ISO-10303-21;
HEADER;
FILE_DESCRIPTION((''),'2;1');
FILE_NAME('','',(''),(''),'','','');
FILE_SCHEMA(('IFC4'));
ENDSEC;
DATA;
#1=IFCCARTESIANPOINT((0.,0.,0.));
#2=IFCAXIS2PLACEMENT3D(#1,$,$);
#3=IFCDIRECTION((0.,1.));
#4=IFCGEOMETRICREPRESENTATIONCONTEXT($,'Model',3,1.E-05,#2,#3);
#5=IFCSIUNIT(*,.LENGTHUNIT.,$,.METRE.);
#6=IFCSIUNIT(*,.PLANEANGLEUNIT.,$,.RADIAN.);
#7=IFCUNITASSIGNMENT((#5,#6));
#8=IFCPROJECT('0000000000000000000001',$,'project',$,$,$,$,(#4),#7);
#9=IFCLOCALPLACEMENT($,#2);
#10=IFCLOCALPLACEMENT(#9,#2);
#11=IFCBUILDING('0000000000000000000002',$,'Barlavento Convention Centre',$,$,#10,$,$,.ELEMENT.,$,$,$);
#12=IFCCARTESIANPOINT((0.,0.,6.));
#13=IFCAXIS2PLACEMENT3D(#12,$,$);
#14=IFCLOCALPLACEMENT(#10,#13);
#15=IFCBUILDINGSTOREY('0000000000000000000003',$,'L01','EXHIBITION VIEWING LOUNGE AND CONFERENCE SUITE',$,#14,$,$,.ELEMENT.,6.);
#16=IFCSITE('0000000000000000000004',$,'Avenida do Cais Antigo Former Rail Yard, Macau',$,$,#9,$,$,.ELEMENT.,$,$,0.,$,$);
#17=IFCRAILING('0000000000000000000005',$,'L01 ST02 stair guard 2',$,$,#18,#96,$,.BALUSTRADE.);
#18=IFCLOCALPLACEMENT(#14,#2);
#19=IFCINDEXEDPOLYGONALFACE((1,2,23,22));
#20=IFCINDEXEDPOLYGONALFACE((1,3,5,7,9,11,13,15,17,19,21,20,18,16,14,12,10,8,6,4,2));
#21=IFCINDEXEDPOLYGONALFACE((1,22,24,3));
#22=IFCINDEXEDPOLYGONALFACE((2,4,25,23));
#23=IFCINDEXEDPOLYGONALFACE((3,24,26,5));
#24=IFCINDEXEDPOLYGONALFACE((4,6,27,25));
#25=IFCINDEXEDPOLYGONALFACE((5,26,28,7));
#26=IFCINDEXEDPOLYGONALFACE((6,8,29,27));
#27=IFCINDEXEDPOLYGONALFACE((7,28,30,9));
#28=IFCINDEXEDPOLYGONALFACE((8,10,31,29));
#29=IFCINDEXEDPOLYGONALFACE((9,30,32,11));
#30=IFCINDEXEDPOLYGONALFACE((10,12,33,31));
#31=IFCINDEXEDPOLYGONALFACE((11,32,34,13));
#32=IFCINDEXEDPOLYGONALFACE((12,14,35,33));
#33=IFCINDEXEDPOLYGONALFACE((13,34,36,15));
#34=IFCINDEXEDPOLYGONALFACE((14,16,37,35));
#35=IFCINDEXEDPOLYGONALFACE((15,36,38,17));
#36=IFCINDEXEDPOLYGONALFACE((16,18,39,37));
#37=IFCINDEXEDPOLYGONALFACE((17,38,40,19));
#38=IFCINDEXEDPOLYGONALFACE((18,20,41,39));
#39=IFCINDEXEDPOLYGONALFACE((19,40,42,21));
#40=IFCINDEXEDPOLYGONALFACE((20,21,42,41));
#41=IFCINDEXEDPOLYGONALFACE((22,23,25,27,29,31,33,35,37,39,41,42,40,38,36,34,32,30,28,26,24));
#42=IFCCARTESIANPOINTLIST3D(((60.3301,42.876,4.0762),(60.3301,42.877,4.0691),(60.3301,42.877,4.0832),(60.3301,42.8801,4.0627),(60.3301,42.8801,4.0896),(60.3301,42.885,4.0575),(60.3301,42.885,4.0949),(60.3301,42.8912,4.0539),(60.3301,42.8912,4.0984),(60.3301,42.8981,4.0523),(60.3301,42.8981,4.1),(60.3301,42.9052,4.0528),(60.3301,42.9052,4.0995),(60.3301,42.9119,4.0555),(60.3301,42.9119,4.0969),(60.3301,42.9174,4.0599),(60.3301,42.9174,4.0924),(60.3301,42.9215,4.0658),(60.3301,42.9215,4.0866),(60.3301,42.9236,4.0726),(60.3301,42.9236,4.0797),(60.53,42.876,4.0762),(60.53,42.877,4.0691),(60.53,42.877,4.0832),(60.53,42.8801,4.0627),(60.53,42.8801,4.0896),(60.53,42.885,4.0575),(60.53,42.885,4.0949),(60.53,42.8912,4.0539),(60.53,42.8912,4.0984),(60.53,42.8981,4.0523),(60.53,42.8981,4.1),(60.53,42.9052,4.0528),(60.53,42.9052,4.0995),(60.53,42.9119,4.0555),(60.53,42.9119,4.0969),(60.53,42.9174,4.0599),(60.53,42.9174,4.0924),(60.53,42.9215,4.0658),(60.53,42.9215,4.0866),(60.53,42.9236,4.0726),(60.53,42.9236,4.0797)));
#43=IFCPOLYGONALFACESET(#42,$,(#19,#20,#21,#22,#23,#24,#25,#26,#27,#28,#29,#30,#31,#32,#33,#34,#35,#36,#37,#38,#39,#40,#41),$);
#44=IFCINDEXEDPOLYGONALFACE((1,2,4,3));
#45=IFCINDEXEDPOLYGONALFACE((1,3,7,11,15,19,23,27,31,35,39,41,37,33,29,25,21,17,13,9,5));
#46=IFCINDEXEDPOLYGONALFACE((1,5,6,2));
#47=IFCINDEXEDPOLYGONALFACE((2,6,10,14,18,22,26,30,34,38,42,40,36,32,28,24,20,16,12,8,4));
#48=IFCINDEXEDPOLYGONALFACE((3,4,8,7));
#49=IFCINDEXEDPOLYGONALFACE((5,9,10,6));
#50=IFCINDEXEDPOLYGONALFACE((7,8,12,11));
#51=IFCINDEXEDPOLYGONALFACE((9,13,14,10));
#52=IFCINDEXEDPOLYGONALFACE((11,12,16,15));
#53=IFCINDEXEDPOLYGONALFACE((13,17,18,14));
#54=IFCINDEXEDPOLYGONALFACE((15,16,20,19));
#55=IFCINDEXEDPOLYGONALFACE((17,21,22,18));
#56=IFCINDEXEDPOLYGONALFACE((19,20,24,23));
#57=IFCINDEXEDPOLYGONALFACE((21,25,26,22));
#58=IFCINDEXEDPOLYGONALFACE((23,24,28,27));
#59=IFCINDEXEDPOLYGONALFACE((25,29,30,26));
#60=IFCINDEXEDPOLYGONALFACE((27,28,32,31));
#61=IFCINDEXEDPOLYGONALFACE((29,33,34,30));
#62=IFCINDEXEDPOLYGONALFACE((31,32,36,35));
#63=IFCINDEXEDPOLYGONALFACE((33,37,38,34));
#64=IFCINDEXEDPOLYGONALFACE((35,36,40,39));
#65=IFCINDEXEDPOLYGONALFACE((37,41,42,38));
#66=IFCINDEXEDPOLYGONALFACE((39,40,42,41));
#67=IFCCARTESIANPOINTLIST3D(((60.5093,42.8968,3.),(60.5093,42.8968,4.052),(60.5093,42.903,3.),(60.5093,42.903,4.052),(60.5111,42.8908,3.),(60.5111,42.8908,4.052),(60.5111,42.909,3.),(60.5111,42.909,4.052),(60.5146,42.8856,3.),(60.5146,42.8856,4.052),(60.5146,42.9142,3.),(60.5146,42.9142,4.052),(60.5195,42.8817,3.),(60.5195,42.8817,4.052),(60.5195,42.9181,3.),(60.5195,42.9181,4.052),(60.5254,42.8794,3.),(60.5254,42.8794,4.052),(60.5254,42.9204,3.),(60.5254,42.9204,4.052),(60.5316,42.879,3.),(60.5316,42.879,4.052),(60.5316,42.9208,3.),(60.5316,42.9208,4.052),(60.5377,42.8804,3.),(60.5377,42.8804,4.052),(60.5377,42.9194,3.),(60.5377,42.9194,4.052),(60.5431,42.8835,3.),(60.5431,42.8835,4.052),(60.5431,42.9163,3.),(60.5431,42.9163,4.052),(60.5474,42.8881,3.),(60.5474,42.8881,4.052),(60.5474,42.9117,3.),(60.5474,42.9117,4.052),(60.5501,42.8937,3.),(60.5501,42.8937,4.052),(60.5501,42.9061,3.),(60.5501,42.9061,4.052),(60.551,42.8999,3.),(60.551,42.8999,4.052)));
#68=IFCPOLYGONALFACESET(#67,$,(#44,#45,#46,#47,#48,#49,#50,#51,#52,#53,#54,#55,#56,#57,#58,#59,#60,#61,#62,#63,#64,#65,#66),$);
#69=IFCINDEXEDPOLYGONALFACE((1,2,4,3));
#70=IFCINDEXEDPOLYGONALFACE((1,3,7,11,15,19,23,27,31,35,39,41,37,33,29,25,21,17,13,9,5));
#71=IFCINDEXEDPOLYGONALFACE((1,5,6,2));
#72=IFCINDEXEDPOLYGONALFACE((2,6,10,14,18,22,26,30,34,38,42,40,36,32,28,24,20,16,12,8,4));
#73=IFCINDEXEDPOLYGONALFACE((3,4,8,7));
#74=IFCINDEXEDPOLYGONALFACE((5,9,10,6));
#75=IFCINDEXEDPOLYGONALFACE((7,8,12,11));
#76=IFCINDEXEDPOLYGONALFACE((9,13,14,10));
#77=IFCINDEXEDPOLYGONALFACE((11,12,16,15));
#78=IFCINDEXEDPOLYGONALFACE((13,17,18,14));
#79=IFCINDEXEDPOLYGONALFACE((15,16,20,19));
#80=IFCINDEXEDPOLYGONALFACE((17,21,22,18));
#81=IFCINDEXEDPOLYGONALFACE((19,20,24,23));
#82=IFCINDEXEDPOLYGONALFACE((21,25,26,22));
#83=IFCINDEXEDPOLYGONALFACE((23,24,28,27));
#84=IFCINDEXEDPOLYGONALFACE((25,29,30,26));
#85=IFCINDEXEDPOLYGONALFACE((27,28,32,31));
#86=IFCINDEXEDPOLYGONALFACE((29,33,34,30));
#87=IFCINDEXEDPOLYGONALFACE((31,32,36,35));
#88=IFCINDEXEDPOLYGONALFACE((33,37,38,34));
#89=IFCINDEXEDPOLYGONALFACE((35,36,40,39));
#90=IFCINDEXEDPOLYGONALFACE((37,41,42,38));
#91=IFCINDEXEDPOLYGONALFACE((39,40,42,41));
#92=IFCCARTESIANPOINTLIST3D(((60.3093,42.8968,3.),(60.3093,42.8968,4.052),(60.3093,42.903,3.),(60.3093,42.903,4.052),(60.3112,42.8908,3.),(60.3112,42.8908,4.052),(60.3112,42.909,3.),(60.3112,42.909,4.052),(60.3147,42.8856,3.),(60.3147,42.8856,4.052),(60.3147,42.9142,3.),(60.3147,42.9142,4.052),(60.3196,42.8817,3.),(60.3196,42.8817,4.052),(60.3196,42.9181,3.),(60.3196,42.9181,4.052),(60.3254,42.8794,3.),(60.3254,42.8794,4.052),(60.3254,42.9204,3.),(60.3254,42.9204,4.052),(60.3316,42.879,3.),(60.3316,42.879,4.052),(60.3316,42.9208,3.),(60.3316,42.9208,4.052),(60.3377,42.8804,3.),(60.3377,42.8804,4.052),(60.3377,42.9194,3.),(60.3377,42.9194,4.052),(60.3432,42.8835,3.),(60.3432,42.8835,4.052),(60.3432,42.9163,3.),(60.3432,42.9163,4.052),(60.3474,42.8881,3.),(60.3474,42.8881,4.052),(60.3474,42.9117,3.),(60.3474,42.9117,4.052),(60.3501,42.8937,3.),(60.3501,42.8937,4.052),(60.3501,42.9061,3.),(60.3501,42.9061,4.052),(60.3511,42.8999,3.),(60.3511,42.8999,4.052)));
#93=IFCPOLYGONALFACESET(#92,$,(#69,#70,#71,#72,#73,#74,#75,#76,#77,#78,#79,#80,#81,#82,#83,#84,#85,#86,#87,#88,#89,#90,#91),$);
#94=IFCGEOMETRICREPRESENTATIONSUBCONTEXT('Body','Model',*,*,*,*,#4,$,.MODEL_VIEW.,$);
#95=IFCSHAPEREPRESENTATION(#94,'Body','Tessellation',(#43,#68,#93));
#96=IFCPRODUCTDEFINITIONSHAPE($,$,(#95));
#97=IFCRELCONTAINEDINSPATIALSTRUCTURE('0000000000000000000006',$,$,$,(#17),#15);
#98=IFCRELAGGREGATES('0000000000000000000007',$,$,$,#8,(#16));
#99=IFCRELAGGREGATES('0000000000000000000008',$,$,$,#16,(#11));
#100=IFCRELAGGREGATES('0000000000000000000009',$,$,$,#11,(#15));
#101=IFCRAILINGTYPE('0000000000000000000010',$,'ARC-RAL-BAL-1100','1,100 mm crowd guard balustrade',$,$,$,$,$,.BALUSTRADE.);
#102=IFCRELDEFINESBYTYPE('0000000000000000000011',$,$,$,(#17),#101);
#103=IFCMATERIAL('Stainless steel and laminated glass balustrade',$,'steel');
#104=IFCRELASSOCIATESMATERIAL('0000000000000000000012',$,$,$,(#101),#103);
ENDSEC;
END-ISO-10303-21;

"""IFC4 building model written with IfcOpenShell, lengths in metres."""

from ifc_helpers import new_model, si_unit, direction, frame, origin, origin_2d, place, context, subcontext, project, spatial, circle, extrude, material, type_object, element, save


model = new_model("IFC4")

# Units and contexts
model_context = context("Model", 3, precision=1e-05, world=origin(), true_north=direction((0.0, 1.0)))
body_context = subcontext(model_context, "Body", "Model", "MODEL_VIEW")
ifc_project = project(units=[si_unit("LENGTHUNIT", "METRE"), si_unit("PLANEANGLEUNIT", "RADIAN")], contexts=[model_context])

# Site, building, storey
site_placement = place(None, origin())
site = spatial("IfcSite", under=ifc_project, at=site_placement, Name="Avenida do Cais Antigo Former Rail Yard, Macau", CompositionType="ELEMENT", RefElevation=0.0)
building_placement = place(site_placement, origin())
building = spatial("IfcBuilding", under=site, at=building_placement, Name="Barlavento Convention Centre", CompositionType="ELEMENT")
storey_placement = place(building_placement, frame((0.0, 0.0, 6.0)))
storey = spatial("IfcBuildingStorey", under=building, at=storey_placement, Name="L01", Description="EXHIBITION VIEWING LOUNGE AND CONFERENCE SUITE", CompositionType="ELEMENT", Elevation=6.0)

# Railing
ifc_material_1 = material(Name="Stainless steel and laminated glass balustrade", Category="steel")
railing_type_1 = type_object("IfcRailingType", Name="ARC-RAL-BAL-1100", Description="1,100 mm crowd guard balustrade", PredefinedType="BALUSTRADE", material=ifc_material_1)
railing_1_placement = place(storey_placement, frame((60.53, 42.8999, 3.0)))
element("IfcRailing", 1, at=railing_1_placement, inside=storey, type_object=railing_type_1, Name="L01 ST02 stair guard 2", PredefinedType="BALUSTRADE", context=body_context, shape_type="SweptSolid", body=[
    extrude(circle(Radius=0.0239, at=origin_2d()), frame((0.0, 0.0, 1.0762), z_axis=(-1.0, 0.0, 0.0), x_axis=(0.0, -1.0, 0.0)), (0.0, 0.0, 1.0), 0.2),
    extrude(circle(Radius=0.021, at=origin_2d()), origin(), (0.0, 0.0, 1.0), 1.052),
    extrude(circle(Radius=0.021, at=origin_2d()), frame((-0.2, 0.0, 0.0)), (0.0, 0.0, 1.0), 1.052),
])

save(model, "model.ifc")
